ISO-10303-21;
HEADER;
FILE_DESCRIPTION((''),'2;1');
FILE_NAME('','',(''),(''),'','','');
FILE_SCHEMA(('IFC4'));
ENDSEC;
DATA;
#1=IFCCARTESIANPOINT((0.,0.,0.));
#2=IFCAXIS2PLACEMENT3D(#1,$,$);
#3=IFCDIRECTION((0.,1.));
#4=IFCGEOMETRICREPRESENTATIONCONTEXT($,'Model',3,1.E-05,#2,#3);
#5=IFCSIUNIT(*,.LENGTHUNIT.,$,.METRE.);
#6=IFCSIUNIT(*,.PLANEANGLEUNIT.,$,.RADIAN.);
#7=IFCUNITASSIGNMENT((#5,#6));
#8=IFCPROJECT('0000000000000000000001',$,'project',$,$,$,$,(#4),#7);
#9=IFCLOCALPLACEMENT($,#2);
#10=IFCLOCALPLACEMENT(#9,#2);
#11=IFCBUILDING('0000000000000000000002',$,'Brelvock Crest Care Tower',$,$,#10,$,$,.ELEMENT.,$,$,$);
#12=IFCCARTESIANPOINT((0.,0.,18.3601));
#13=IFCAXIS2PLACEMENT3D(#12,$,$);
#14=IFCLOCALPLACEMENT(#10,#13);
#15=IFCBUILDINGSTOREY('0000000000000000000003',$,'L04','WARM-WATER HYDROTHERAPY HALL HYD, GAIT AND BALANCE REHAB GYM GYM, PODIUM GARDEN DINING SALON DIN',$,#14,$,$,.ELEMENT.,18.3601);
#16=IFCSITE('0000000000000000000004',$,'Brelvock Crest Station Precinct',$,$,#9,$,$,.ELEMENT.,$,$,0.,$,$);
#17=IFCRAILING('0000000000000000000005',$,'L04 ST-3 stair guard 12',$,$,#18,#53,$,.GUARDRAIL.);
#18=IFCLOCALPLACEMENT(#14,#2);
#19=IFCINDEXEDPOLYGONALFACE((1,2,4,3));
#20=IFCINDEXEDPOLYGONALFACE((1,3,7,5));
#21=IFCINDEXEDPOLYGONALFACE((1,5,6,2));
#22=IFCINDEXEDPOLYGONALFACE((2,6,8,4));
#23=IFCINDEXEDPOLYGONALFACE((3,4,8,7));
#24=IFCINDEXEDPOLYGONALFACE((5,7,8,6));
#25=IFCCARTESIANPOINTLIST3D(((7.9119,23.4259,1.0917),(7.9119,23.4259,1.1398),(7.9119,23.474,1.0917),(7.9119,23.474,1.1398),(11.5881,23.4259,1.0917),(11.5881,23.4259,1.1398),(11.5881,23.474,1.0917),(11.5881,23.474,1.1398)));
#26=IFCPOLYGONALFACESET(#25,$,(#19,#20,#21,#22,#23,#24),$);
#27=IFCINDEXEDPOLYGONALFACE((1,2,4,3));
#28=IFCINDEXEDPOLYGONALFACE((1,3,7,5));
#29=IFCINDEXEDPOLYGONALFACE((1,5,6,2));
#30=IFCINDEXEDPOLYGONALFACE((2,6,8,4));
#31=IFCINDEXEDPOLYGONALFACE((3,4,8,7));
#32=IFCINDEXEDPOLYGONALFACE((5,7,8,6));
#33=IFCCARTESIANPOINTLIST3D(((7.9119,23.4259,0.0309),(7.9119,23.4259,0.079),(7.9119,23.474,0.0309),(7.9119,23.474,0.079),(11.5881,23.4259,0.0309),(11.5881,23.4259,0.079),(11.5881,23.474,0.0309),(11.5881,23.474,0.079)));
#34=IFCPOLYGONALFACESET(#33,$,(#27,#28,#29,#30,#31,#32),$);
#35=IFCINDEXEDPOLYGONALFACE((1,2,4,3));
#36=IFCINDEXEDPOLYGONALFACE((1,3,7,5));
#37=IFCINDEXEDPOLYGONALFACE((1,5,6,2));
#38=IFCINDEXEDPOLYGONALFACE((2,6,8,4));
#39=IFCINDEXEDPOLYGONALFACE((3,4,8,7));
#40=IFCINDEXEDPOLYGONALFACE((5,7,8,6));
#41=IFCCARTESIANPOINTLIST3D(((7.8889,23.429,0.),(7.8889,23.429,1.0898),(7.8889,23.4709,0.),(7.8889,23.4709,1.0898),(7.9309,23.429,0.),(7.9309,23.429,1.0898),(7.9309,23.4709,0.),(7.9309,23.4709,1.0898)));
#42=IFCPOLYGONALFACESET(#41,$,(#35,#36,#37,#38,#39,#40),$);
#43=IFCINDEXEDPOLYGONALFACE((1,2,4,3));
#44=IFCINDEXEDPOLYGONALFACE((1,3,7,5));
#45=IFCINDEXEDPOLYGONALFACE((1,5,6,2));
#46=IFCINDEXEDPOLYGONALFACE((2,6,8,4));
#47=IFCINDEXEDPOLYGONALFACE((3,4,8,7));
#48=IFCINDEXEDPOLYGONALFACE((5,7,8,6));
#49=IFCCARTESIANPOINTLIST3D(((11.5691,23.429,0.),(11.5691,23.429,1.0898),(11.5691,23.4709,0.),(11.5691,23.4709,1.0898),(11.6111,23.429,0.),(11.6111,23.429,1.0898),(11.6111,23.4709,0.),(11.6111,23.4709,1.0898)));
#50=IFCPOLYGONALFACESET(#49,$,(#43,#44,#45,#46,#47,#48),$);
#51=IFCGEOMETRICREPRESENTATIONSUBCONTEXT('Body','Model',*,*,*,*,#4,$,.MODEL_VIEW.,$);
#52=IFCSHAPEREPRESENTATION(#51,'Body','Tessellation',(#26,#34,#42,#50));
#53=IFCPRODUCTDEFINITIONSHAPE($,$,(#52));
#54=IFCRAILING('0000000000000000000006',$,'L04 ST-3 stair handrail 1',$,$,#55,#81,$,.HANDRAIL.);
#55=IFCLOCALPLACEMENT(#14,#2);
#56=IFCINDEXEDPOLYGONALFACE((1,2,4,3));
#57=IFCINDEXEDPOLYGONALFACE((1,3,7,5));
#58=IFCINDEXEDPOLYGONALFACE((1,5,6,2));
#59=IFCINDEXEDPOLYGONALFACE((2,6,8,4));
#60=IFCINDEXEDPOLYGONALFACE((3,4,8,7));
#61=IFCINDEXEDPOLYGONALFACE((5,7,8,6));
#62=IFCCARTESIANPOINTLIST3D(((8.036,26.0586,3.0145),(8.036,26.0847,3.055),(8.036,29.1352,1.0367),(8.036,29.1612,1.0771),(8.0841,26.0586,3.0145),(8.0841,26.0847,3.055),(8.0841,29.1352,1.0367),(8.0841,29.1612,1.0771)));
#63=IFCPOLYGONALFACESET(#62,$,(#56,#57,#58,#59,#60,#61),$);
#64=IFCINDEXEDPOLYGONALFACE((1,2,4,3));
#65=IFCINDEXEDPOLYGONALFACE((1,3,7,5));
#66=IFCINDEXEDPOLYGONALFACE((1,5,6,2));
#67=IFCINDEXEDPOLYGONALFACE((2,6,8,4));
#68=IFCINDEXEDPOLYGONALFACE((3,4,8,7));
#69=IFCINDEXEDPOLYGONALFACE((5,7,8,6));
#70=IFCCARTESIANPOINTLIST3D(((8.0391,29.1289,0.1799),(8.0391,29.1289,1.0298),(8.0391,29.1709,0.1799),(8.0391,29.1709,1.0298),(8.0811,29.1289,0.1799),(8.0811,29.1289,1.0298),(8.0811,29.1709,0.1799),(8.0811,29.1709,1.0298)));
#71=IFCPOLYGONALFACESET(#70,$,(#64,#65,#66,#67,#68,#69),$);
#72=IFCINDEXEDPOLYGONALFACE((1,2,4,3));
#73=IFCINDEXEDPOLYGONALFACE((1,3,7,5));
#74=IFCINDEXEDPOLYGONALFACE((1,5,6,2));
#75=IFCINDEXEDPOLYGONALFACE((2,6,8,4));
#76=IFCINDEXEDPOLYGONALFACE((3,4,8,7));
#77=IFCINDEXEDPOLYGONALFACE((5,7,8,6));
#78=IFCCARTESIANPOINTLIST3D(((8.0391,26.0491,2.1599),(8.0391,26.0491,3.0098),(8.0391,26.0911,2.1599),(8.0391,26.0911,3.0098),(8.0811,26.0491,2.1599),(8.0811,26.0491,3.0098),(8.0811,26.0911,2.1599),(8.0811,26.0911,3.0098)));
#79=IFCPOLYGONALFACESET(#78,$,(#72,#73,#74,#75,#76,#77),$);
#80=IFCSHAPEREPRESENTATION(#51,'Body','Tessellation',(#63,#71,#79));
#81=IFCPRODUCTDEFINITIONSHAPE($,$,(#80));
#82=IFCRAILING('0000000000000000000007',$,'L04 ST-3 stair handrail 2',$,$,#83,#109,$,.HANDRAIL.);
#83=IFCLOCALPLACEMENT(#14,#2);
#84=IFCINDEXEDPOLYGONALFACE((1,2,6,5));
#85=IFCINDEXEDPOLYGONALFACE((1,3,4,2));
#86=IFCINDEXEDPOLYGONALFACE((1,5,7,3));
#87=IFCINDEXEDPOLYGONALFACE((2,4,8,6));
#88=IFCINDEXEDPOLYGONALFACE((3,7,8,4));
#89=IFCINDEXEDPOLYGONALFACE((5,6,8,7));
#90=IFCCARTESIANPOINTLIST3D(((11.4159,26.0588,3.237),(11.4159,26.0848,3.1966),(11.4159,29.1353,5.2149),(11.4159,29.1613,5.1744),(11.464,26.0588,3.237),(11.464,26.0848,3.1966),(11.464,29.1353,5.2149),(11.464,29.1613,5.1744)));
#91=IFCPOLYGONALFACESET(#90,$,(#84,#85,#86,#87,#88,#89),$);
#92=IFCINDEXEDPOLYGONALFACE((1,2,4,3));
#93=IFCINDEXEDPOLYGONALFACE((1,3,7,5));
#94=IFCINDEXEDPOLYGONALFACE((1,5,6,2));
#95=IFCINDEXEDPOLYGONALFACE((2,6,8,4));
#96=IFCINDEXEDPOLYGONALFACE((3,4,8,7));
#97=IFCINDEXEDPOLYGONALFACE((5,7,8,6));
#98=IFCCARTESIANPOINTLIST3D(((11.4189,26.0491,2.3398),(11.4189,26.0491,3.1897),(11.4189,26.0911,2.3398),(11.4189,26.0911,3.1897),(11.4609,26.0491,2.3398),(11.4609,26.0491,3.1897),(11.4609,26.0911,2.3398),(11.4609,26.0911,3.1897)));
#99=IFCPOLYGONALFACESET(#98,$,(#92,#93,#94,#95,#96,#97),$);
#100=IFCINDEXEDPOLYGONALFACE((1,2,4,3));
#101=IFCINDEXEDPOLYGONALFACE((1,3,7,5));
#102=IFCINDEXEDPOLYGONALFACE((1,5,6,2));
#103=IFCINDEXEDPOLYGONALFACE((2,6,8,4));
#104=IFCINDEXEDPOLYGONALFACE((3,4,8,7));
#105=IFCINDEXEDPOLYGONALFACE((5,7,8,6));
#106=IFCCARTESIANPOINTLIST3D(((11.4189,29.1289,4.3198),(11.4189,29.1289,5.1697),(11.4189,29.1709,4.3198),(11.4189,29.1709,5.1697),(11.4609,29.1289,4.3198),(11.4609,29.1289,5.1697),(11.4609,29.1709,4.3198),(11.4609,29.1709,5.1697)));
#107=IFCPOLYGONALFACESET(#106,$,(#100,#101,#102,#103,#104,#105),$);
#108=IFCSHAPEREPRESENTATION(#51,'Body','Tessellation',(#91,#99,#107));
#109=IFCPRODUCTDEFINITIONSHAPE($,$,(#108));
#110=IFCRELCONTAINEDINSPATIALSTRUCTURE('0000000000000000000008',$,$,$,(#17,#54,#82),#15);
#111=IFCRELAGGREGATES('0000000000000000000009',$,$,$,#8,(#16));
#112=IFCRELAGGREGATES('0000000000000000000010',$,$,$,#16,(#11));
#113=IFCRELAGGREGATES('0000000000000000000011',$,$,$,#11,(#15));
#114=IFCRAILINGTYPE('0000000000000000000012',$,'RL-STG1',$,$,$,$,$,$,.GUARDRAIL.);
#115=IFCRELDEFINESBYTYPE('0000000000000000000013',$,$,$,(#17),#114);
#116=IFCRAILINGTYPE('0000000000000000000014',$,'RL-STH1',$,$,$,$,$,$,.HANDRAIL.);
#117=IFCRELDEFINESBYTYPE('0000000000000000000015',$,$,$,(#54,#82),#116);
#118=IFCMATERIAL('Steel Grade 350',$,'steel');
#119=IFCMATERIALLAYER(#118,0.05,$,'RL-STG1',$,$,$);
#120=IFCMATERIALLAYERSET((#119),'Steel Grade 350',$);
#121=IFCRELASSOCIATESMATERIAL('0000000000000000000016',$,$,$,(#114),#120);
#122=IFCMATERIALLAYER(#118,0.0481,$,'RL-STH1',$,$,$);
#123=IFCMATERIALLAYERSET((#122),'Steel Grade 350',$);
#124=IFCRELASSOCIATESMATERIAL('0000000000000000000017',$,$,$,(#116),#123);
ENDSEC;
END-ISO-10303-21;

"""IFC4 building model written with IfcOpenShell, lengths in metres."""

from ifc_helpers import new_model, si_unit, direction, frame, origin, origin_2d, place, context, subcontext, project, spatial, rectangle, extrude, material, layer, layer_set, type_object, element, save


model = new_model("IFC4")

# Units and contexts
model_context = context("Model", 3, precision=1e-05, world=origin(), true_north=direction((0.0, 1.0)))
body_context = subcontext(model_context, "Body", "Model", "MODEL_VIEW")
ifc_project = project(units=[si_unit("LENGTHUNIT", "METRE"), si_unit("PLANEANGLEUNIT", "RADIAN")], contexts=[model_context])

# Site, building, storey
site_placement = place(None, origin())
site = spatial("IfcSite", under=ifc_project, at=site_placement, Name="Brelvock Crest Station Precinct", CompositionType="ELEMENT", RefElevation=0.0)
building_placement = place(site_placement, origin())
building = spatial("IfcBuilding", under=site, at=building_placement, Name="Brelvock Crest Care Tower", CompositionType="ELEMENT")
storey_placement = place(building_placement, frame((0.0, 0.0, 18.3601)))
storey = spatial("IfcBuildingStorey", under=building, at=storey_placement, Name="L04", Description="WARM-WATER HYDROTHERAPY HALL HYD, GAIT AND BALANCE REHAB GYM GYM, PODIUM GARDEN DINING SALON DIN", CompositionType="ELEMENT", Elevation=18.3601)

# Shared definitions
ifc_material_1 = material(Name="Steel Grade 350", Category="steel")

# Railings
ifc_layer_1 = layer(ifc_material_1, 0.05, Name="RL-STG1")
ifc_layer_set_1 = layer_set([ifc_layer_1], Name="Steel Grade 350")
railing_type_1 = type_object("IfcRailingType", Name="RL-STG1", PredefinedType="GUARDRAIL", material=ifc_layer_set_1)
railing_1_placement = place(storey_placement, frame((7.9099, 23.45, 0.0)))
element("IfcRailing", 1, at=railing_1_placement, inside=storey, type_object=railing_type_1, Name="L04 ST-3 stair guard 12", PredefinedType="GUARDRAIL", context=body_context, shape_type="SweptSolid", body=[
    extrude(rectangle(XDim=0.0481, YDim=0.0481, at=origin_2d()), frame((0.002, 0.0, 1.1157), z_axis=(1.0, 0.0, 0.0), x_axis=(0.0, 1.0, 0.0)), (0.0, 0.0, 1.0), 3.6763),
    extrude(rectangle(XDim=0.0481, YDim=0.0481, at=origin_2d()), frame((0.002, 0.0, 0.0549), z_axis=(1.0, 0.0, 0.0), x_axis=(0.0, 1.0, 0.0)), (0.0, 0.0, 1.0), 3.6763),
    extrude(rectangle(XDim=0.042, YDim=0.042, at=origin_2d()), origin(), (0.0, 0.0, 1.0), 1.0898),
    extrude(rectangle(XDim=0.042, YDim=0.042, at=origin_2d()), frame((3.6802, 0.0, 0.0)), (0.0, 0.0, 1.0), 1.0898),
])
ifc_layer_2 = layer(ifc_material_1, 0.0481, Name="RL-STH1")
ifc_layer_set_2 = layer_set([ifc_layer_2], Name="Steel Grade 350")
railing_type_2 = type_object("IfcRailingType", Name="RL-STH1", PredefinedType="HANDRAIL", material=ifc_layer_set_2)
railing_2_placement = place(storey_placement, frame((8.0601, 29.1499, 0.1799)))
element("IfcRailing", 2, at=railing_2_placement, inside=storey, type_object=railing_type_2, Name="L04 ST-3 stair handrail 1", PredefinedType="HANDRAIL", context=body_context, shape_type="SweptSolid", body=[
    extrude(rectangle(XDim=0.0481, YDim=0.0481, at=origin_2d()), frame((0.0, -0.0017, 0.877), z_axis=(0.0, -0.841168, 0.540774), x_axis=(1.0, 0.0, 0.0)), (0.0, 0.0, 1.0), 3.6575),
    extrude(rectangle(XDim=0.042, YDim=0.042, at=origin_2d()), origin(), (0.0, 0.0, 1.0), 0.8499),
    extrude(rectangle(XDim=0.042, YDim=0.042, at=origin_2d()), frame((0.0, -3.0798, 1.98)), (0.0, 0.0, 1.0), 0.8499),
])
railing_3_placement = place(storey_placement, frame((11.4399, 26.0701, 2.3398)))
element("IfcRailing", 3, at=railing_3_placement, inside=storey, type_object=railing_type_2, Name="L04 ST-3 stair handrail 2", PredefinedType="HANDRAIL", context=body_context, shape_type="SweptSolid", body=[
    extrude(rectangle(XDim=0.0481, YDim=0.0481, at=origin_2d()), frame((0.0, 0.0017, 0.877), z_axis=(0.0, 0.841168, 0.540774), x_axis=(-1.0, 0.0, 0.0)), (0.0, 0.0, 1.0), 3.6575),
    extrude(rectangle(XDim=0.042, YDim=0.042, at=origin_2d()), origin(), (0.0, 0.0, 1.0), 0.8499),
    extrude(rectangle(XDim=0.042, YDim=0.042, at=origin_2d()), frame((0.0, 3.0798, 1.98)), (0.0, 0.0, 1.0), 0.8499),
])

save(model, "model.ifc")
